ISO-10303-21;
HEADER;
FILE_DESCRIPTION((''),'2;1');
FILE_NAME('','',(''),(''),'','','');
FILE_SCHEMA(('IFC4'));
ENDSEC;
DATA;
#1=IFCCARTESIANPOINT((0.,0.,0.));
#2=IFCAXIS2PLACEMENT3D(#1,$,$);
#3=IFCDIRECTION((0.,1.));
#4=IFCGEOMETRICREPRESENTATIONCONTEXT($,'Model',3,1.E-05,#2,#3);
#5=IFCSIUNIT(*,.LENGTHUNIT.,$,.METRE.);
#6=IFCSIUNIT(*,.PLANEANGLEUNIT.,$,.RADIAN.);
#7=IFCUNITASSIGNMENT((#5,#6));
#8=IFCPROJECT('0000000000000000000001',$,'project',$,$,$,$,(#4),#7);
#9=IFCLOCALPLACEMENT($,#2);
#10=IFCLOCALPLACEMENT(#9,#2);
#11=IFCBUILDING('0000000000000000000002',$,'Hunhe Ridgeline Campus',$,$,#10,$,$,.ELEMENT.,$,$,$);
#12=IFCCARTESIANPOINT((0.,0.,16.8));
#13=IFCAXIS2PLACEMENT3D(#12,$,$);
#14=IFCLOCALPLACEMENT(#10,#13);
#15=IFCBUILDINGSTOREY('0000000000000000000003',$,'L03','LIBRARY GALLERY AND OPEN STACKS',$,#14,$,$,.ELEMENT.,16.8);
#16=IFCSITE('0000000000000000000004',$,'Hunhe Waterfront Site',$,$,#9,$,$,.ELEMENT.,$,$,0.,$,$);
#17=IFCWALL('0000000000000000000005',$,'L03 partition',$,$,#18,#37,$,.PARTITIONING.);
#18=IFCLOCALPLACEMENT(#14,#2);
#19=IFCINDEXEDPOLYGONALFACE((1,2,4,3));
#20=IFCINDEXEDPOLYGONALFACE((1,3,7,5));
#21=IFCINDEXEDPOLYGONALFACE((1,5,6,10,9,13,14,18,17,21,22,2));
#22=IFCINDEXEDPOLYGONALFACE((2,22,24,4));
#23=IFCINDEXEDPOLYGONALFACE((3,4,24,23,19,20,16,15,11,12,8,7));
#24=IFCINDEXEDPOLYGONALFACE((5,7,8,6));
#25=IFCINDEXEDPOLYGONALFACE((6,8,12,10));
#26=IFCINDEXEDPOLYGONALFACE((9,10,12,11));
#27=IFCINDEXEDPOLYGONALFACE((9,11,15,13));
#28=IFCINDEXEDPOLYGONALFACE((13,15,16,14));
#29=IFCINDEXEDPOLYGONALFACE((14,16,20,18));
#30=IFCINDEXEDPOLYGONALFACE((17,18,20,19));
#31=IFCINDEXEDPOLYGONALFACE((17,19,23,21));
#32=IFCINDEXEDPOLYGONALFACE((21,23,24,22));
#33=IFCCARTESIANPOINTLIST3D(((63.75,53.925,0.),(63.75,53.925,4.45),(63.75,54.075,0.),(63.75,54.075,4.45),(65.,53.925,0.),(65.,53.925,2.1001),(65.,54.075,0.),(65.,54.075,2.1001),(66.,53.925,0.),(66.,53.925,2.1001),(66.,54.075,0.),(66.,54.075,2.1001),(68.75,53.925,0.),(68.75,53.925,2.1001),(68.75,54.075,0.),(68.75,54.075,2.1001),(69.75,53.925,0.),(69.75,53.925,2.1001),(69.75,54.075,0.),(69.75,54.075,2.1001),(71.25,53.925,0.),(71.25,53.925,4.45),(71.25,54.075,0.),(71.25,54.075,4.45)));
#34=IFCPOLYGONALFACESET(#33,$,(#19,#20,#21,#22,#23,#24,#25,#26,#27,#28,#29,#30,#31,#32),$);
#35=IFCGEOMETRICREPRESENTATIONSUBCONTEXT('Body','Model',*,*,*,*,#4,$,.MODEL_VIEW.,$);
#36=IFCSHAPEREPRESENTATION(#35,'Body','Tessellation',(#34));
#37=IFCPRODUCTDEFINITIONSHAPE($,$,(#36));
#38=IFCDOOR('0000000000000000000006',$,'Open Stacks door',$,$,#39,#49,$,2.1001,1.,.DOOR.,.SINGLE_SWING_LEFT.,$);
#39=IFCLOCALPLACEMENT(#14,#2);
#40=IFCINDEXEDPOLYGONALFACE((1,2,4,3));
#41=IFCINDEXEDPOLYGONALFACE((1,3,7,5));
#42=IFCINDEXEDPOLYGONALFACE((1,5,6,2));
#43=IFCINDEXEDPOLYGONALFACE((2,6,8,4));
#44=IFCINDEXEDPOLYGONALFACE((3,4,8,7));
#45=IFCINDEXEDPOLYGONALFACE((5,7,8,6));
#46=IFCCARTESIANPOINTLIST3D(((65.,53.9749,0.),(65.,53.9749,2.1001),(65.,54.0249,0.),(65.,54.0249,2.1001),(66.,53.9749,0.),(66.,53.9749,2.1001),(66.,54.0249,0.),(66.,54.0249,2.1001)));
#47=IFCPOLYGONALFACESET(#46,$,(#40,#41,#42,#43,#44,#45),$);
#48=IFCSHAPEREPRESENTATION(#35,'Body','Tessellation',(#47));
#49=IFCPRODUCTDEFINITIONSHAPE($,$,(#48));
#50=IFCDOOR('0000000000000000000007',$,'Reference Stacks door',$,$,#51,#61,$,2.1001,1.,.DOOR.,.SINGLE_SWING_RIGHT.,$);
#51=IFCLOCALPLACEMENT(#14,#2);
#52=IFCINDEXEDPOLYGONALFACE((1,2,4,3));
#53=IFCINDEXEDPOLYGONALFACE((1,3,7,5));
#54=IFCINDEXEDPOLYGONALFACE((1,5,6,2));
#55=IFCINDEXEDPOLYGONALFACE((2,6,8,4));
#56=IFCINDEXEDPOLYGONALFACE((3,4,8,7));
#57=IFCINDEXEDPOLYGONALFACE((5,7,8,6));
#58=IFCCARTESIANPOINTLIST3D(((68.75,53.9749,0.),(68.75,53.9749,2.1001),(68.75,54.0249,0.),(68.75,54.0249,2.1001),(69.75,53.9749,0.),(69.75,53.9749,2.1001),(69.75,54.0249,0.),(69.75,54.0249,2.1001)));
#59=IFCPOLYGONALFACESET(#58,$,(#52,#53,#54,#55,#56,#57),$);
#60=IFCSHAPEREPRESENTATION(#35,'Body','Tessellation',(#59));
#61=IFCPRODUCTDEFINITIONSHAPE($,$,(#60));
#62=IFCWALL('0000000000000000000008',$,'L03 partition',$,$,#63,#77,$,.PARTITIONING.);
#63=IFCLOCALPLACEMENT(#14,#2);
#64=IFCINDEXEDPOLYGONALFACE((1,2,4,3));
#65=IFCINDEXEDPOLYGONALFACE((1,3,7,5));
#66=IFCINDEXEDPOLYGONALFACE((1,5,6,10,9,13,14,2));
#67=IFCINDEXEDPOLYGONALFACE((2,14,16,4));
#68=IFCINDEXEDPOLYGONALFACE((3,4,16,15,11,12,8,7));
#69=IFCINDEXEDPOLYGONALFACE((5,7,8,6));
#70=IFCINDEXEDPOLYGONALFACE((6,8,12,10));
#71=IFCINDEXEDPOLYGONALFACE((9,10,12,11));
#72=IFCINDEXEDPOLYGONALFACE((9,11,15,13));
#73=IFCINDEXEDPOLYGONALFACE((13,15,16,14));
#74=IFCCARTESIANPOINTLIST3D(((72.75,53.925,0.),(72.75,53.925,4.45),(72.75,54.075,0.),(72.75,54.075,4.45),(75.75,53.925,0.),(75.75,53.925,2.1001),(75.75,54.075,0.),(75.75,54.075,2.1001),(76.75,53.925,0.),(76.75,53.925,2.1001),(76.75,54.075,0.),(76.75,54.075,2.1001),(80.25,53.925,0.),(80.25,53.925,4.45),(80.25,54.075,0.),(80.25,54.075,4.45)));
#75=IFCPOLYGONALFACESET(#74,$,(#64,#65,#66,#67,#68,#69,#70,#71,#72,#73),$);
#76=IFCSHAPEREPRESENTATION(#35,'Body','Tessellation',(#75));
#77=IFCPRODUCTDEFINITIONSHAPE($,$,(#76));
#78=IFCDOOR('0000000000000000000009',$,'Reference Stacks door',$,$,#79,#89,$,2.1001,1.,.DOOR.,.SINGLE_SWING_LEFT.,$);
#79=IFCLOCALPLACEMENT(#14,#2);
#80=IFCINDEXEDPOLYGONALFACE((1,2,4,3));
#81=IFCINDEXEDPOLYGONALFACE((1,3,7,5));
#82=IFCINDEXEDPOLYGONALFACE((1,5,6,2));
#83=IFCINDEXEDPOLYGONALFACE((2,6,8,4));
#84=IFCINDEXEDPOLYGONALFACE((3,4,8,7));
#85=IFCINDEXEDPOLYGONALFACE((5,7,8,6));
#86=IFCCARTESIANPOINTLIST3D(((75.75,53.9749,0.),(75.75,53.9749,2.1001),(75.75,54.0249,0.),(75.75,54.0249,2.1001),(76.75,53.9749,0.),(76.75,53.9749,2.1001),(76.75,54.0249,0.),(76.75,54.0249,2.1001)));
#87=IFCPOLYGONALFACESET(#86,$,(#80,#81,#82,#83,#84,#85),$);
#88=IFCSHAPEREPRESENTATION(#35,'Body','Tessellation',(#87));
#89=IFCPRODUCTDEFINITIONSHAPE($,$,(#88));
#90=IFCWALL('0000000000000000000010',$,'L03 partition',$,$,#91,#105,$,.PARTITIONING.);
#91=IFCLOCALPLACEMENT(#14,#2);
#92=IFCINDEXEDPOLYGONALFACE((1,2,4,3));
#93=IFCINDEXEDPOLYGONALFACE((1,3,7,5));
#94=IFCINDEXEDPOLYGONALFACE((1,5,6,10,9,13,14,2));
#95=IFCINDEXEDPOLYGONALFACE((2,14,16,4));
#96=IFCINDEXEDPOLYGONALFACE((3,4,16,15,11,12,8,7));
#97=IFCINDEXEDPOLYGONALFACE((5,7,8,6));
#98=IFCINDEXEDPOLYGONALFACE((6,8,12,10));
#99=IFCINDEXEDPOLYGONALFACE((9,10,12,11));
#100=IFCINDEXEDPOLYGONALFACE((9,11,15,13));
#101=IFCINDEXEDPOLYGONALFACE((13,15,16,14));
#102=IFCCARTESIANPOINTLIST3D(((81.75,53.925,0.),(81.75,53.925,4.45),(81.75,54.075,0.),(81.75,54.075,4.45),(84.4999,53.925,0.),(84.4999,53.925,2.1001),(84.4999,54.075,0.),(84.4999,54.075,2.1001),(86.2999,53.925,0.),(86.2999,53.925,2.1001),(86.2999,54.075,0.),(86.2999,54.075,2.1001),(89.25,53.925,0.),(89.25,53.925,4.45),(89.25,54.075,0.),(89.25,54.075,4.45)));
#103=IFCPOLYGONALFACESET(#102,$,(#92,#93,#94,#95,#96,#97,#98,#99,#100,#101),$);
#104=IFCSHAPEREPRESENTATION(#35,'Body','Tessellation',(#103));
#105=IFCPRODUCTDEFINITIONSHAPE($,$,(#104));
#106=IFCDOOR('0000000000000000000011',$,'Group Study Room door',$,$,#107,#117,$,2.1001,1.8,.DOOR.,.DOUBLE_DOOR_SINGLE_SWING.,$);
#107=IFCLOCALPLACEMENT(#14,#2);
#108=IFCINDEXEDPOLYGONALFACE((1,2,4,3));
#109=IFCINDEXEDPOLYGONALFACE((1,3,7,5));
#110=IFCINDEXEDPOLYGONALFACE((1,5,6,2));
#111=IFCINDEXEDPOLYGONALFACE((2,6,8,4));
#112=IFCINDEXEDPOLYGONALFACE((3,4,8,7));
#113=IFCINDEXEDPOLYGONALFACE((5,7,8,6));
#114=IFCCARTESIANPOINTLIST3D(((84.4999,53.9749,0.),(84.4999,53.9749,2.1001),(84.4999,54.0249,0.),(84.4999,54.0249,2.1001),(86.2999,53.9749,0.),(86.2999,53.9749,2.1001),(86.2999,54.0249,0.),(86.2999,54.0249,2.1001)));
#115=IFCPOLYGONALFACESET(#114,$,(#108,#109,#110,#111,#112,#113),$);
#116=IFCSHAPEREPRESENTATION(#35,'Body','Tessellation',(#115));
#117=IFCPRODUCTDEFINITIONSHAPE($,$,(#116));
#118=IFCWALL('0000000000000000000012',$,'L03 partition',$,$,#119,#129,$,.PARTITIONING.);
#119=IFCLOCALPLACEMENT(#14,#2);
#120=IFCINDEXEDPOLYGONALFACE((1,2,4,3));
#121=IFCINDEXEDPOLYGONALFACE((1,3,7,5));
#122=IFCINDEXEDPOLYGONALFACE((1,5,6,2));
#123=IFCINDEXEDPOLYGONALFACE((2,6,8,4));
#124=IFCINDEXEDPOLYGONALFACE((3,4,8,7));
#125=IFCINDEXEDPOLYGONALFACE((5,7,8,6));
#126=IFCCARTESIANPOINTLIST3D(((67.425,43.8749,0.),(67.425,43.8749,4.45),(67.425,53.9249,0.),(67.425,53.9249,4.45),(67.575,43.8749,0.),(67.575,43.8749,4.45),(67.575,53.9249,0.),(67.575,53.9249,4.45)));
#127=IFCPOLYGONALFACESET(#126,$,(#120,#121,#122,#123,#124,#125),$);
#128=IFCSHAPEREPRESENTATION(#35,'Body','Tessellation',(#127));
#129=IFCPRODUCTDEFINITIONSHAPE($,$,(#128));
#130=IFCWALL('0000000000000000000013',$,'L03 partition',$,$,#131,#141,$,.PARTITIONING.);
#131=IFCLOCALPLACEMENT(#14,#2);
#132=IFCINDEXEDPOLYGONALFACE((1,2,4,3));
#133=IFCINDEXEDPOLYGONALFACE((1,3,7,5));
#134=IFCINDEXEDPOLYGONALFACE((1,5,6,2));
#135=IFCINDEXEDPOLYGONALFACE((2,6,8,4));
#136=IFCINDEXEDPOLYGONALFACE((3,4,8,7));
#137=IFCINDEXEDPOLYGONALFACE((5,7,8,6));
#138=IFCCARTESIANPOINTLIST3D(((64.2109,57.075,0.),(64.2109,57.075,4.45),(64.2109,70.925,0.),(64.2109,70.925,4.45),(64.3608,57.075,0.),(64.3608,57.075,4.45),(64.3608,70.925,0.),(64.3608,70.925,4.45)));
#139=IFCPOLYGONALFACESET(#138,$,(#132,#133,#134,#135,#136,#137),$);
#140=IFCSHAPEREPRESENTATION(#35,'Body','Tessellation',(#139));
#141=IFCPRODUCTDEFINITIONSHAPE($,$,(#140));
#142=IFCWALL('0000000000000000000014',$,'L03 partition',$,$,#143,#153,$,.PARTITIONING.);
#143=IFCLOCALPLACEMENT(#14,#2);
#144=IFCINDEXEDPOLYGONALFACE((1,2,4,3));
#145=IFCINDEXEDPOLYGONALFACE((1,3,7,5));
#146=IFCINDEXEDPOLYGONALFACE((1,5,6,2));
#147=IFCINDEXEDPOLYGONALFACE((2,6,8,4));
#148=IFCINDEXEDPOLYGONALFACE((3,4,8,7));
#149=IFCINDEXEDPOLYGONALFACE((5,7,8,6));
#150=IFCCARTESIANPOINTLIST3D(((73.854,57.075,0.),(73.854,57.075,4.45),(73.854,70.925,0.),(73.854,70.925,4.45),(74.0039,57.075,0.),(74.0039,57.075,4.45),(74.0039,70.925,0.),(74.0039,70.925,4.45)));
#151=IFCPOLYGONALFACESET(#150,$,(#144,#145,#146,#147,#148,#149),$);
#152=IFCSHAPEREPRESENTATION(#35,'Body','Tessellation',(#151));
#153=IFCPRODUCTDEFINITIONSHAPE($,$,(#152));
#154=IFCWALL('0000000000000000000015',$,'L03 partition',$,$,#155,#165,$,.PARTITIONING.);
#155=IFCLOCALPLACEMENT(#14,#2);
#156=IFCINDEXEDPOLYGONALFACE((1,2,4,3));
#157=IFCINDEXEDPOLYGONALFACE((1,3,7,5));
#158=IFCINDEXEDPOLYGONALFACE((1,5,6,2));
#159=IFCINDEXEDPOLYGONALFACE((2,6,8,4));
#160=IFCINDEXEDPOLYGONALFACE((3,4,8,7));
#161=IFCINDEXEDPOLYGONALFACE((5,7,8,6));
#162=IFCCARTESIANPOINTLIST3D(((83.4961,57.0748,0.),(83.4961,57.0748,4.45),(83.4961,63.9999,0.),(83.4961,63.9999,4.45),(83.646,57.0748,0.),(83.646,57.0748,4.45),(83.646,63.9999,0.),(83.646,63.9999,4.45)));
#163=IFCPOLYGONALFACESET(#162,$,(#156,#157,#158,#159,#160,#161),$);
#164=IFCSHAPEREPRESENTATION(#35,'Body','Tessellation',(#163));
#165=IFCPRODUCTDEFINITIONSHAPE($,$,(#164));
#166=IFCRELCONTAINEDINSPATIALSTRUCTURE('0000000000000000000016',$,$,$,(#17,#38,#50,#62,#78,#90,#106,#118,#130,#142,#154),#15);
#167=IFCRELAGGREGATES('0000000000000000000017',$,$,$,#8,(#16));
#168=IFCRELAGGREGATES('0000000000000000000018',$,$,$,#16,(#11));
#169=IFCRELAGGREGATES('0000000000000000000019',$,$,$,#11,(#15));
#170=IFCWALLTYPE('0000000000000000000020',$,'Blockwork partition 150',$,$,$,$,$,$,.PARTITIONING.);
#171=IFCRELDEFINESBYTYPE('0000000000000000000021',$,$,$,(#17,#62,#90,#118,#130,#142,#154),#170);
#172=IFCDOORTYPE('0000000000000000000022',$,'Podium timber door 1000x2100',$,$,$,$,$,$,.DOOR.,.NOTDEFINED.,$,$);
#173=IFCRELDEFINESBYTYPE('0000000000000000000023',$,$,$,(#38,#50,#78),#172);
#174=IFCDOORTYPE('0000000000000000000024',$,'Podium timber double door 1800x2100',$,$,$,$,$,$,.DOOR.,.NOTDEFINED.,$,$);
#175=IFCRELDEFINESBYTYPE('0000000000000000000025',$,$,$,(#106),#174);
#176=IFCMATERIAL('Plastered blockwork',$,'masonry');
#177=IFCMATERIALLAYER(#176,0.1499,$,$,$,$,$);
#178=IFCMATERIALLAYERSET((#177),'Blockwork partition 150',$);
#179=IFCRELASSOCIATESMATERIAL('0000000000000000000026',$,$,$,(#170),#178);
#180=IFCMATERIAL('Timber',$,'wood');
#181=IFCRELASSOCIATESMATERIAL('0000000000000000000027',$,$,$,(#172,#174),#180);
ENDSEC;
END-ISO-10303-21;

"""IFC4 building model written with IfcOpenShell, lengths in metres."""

from ifc_helpers import new_model, si_unit, direction, frame, frame_2d, origin, place, context, subcontext, project, spatial, rectangle, extrude, material, layer, layer_set, type_object, element, fill, save


model = new_model("IFC4")

# Units and contexts
model_context = context("Model", 3, precision=1e-05, world=origin(), true_north=direction((0.0, 1.0)))
body_context = subcontext(model_context, "Body", "Model", "MODEL_VIEW")
ifc_project = project(units=[si_unit("LENGTHUNIT", "METRE"), si_unit("PLANEANGLEUNIT", "RADIAN")], contexts=[model_context])

# Site, building, storey
site_placement = place(None, origin())
site = spatial("IfcSite", under=ifc_project, at=site_placement, Name="Hunhe Waterfront Site", CompositionType="ELEMENT", RefElevation=0.0)
building_placement = place(site_placement, origin())
building = spatial("IfcBuilding", under=site, at=building_placement, Name="Hunhe Ridgeline Campus", CompositionType="ELEMENT")
storey_placement = place(building_placement, frame((0.0, 0.0, 16.8)))
storey = spatial("IfcBuildingStorey", under=building, at=storey_placement, Name="L03", Description="LIBRARY GALLERY AND OPEN STACKS", CompositionType="ELEMENT", Elevation=16.8)

# Wall, openings, doors
ifc_material_1 = material(Name="Plastered blockwork", Category="masonry")
ifc_layer = layer(ifc_material_1, 0.1499)
ifc_layer_set = layer_set([ifc_layer], Name="Blockwork partition 150")
wall_type = type_object("IfcWallType", Name="Blockwork partition 150", PredefinedType="PARTITIONING", material=ifc_layer_set)
wall_1_placement = place(storey_placement, frame((63.75, 54.0, 0.0), z_axis=(0.0, 0.0, 1.0), x_axis=(1.0, 0.0, 0.0)))
wall_1 = element("IfcWall", 1, at=wall_1_placement, inside=storey, type_object=wall_type, Name="L03 partition", PredefinedType="PARTITIONING", context=body_context, shape_type="SweptSolid", body=[
    extrude(rectangle(XDim=7.5, YDim=0.1499, at=frame_2d((3.75, 0.0))), origin(), (0.0, 0.0, 1.0), 4.45),
])
opening_1_placement = place(wall_1_placement, frame((1.25, 0.0, 0.0)))
opening_1 = element("IfcOpeningElement", 2, at=opening_1_placement, cuts=wall_1, PredefinedType="OPENING", context=body_context, shape_type="SweptSolid", body=[
    extrude(rectangle(XDim=1.0, YDim=2.1001, at=frame_2d((0.5, 1.05))), frame((0.0, 0.075, 0.0), z_axis=(0.0, -1.0, 0.0), x_axis=(1.0, 0.0, 0.0)), (0.0, 0.0, 1.0), 0.1499),
])
opening_2_placement = place(wall_1_placement, frame((5.0, 0.0, 0.0)))
opening_2 = element("IfcOpeningElement", 3, at=opening_2_placement, cuts=wall_1, PredefinedType="OPENING", context=body_context, shape_type="SweptSolid", body=[
    extrude(rectangle(XDim=1.0, YDim=2.1001, at=frame_2d((0.5, 1.05))), frame((0.0, 0.075, 0.0), z_axis=(0.0, -1.0, 0.0), x_axis=(1.0, 0.0, 0.0)), (0.0, 0.0, 1.0), 0.1499),
])
ifc_material_2 = material(Name="Timber", Category="wood")
door_type_1 = type_object("IfcDoorType", Name="Podium timber door 1000x2100", OperationType="NOTDEFINED", PredefinedType="DOOR", material=ifc_material_2)
door_1_placement = place(opening_1_placement, origin())
door_1 = element("IfcDoor", 4, at=door_1_placement, inside=storey, type_object=door_type_1, Name="Open Stacks door", OperationType="SINGLE_SWING_LEFT", OverallHeight=2.1001, OverallWidth=1.0, PredefinedType="DOOR", context=body_context, shape_type="SweptSolid", body=[
    extrude(rectangle(XDim=1.0, YDim=2.1001, at=frame_2d((0.5, 1.05))), frame((0.0, 0.0249, 0.0), z_axis=(0.0, -1.0, 0.0), x_axis=(1.0, 0.0, 0.0)), (0.0, 0.0, 1.0), 0.05),
])
fill(opening_1, door_1)
door_2_placement = place(opening_2_placement, origin())
door_2 = element("IfcDoor", 5, at=door_2_placement, inside=storey, type_object=door_type_1, Name="Reference Stacks door", OperationType="SINGLE_SWING_RIGHT", OverallHeight=2.1001, OverallWidth=1.0, PredefinedType="DOOR", context=body_context, shape_type="SweptSolid", body=[
    extrude(rectangle(XDim=1.0, YDim=2.1001, at=frame_2d((0.5, 1.05))), frame((0.0, 0.0249, 0.0), z_axis=(0.0, -1.0, 0.0), x_axis=(1.0, 0.0, 0.0)), (0.0, 0.0, 1.0), 0.05),
])
fill(opening_2, door_2)

# Walls, openings, doors
wall_2_placement = place(storey_placement, frame((72.75, 54.0, 0.0), z_axis=(0.0, 0.0, 1.0), x_axis=(1.0, 0.0, 0.0)))
wall_2 = element("IfcWall", 6, at=wall_2_placement, inside=storey, type_object=wall_type, Name="L03 partition", PredefinedType="PARTITIONING", context=body_context, shape_type="SweptSolid", body=[
    extrude(rectangle(XDim=7.5, YDim=0.1499, at=frame_2d((3.75, 0.0))), origin(), (0.0, 0.0, 1.0), 4.45),
])
opening_3_placement = place(wall_2_placement, frame((3.0, 0.0, 0.0)))
opening_3 = element("IfcOpeningElement", 7, at=opening_3_placement, cuts=wall_2, PredefinedType="OPENING", context=body_context, shape_type="SweptSolid", body=[
    extrude(rectangle(XDim=1.0, YDim=2.1001, at=frame_2d((0.5, 1.05))), frame((0.0, 0.075, 0.0), z_axis=(0.0, -1.0, 0.0), x_axis=(1.0, 0.0, 0.0)), (0.0, 0.0, 1.0), 0.1499),
])
door_3_placement = place(opening_3_placement, origin())
door_3 = element("IfcDoor", 8, at=door_3_placement, inside=storey, type_object=door_type_1, Name="Reference Stacks door", OperationType="SINGLE_SWING_LEFT", OverallHeight=2.1001, OverallWidth=1.0, PredefinedType="DOOR", context=body_context, shape_type="SweptSolid", body=[
    extrude(rectangle(XDim=1.0, YDim=2.1001, at=frame_2d((0.5, 1.05))), frame((0.0, 0.0249, 0.0), z_axis=(0.0, -1.0, 0.0), x_axis=(1.0, 0.0, 0.0)), (0.0, 0.0, 1.0), 0.05),
])
fill(opening_3, door_3)
wall_3_placement = place(storey_placement, frame((81.75, 54.0, 0.0), z_axis=(0.0, 0.0, 1.0), x_axis=(1.0, 0.0, 0.0)))
wall_3 = element("IfcWall", 9, at=wall_3_placement, inside=storey, type_object=wall_type, Name="L03 partition", PredefinedType="PARTITIONING", context=body_context, shape_type="SweptSolid", body=[
    extrude(rectangle(XDim=7.5, YDim=0.1499, at=frame_2d((3.75, 0.0))), origin(), (0.0, 0.0, 1.0), 4.45),
])
opening_4_placement = place(wall_3_placement, frame((2.75, 0.0, 0.0)))
opening_4 = element("IfcOpeningElement", 10, at=opening_4_placement, cuts=wall_3, PredefinedType="OPENING", context=body_context, shape_type="SweptSolid", body=[
    extrude(rectangle(XDim=1.8, YDim=2.1001, at=frame_2d((0.8999, 1.05))), frame((0.0, 0.075, 0.0), z_axis=(0.0, -1.0, 0.0), x_axis=(1.0, 0.0, 0.0)), (0.0, 0.0, 1.0), 0.1499),
])
door_type_2 = type_object("IfcDoorType", Name="Podium timber double door 1800x2100", OperationType="NOTDEFINED", PredefinedType="DOOR", material=ifc_material_2)
door_4_placement = place(opening_4_placement, origin())
door_4 = element("IfcDoor", 11, at=door_4_placement, inside=storey, type_object=door_type_2, Name="Group Study Room door", OperationType="DOUBLE_DOOR_SINGLE_SWING", OverallHeight=2.1001, OverallWidth=1.8, PredefinedType="DOOR", context=body_context, shape_type="SweptSolid", body=[
    extrude(rectangle(XDim=1.8, YDim=2.1001, at=frame_2d((0.8999, 1.05))), frame((0.0, 0.0249, 0.0), z_axis=(0.0, -1.0, 0.0), x_axis=(1.0, 0.0, 0.0)), (0.0, 0.0, 1.0), 0.05),
])
fill(opening_4, door_4)

# Walls
wall_4_placement = place(storey_placement, frame((67.5, 43.875, 0.0), z_axis=(0.0, 0.0, 1.0), x_axis=(0.0, 1.0, 0.0)))
element("IfcWall", 12, at=wall_4_placement, inside=storey, type_object=wall_type, Name="L03 partition", PredefinedType="PARTITIONING", context=body_context, shape_type="SweptSolid", body=[
    extrude(rectangle(XDim=10.05, YDim=0.1499, at=frame_2d((5.0249, 0.0))), origin(), (0.0, 0.0, 1.0), 4.45),
])
for number, where, z_axis, x_axis, name in (
    (13, (64.2859, 57.075, 0.0), (0.0, 0.0, 1.0), (0.0, 1.0, 0.0), "L03 partition"),
    (14, (73.929, 57.075, 0.0), (0.0, 0.0, 1.0), (0.0, 1.0, 0.0), "L03 partition"),
):
    element("IfcWall", number, at=place(storey_placement, frame(where, z_axis=z_axis, x_axis=x_axis)), inside=storey, type_object=wall_type, Name=name, PredefinedType="PARTITIONING", context=body_context, shape_type="SweptSolid", body=[
        extrude(rectangle(XDim=13.8501, YDim=0.1499, at=frame_2d((6.925, 0.0))), origin(), (0.0, 0.0, 1.0), 4.45),
    ])
wall_5_placement = place(storey_placement, frame((83.571, 57.075, 0.0), z_axis=(0.0, 0.0, 1.0), x_axis=(0.0, 1.0, 0.0)))
element("IfcWall", 15, at=wall_5_placement, inside=storey, type_object=wall_type, Name="L03 partition", PredefinedType="PARTITIONING", context=body_context, shape_type="SweptSolid", body=[
    extrude(rectangle(XDim=6.925, YDim=0.1499, at=frame_2d((3.4624, 0.0))), origin(), (0.0, 0.0, 1.0), 4.45),
])

save(model, "model.ifc")
